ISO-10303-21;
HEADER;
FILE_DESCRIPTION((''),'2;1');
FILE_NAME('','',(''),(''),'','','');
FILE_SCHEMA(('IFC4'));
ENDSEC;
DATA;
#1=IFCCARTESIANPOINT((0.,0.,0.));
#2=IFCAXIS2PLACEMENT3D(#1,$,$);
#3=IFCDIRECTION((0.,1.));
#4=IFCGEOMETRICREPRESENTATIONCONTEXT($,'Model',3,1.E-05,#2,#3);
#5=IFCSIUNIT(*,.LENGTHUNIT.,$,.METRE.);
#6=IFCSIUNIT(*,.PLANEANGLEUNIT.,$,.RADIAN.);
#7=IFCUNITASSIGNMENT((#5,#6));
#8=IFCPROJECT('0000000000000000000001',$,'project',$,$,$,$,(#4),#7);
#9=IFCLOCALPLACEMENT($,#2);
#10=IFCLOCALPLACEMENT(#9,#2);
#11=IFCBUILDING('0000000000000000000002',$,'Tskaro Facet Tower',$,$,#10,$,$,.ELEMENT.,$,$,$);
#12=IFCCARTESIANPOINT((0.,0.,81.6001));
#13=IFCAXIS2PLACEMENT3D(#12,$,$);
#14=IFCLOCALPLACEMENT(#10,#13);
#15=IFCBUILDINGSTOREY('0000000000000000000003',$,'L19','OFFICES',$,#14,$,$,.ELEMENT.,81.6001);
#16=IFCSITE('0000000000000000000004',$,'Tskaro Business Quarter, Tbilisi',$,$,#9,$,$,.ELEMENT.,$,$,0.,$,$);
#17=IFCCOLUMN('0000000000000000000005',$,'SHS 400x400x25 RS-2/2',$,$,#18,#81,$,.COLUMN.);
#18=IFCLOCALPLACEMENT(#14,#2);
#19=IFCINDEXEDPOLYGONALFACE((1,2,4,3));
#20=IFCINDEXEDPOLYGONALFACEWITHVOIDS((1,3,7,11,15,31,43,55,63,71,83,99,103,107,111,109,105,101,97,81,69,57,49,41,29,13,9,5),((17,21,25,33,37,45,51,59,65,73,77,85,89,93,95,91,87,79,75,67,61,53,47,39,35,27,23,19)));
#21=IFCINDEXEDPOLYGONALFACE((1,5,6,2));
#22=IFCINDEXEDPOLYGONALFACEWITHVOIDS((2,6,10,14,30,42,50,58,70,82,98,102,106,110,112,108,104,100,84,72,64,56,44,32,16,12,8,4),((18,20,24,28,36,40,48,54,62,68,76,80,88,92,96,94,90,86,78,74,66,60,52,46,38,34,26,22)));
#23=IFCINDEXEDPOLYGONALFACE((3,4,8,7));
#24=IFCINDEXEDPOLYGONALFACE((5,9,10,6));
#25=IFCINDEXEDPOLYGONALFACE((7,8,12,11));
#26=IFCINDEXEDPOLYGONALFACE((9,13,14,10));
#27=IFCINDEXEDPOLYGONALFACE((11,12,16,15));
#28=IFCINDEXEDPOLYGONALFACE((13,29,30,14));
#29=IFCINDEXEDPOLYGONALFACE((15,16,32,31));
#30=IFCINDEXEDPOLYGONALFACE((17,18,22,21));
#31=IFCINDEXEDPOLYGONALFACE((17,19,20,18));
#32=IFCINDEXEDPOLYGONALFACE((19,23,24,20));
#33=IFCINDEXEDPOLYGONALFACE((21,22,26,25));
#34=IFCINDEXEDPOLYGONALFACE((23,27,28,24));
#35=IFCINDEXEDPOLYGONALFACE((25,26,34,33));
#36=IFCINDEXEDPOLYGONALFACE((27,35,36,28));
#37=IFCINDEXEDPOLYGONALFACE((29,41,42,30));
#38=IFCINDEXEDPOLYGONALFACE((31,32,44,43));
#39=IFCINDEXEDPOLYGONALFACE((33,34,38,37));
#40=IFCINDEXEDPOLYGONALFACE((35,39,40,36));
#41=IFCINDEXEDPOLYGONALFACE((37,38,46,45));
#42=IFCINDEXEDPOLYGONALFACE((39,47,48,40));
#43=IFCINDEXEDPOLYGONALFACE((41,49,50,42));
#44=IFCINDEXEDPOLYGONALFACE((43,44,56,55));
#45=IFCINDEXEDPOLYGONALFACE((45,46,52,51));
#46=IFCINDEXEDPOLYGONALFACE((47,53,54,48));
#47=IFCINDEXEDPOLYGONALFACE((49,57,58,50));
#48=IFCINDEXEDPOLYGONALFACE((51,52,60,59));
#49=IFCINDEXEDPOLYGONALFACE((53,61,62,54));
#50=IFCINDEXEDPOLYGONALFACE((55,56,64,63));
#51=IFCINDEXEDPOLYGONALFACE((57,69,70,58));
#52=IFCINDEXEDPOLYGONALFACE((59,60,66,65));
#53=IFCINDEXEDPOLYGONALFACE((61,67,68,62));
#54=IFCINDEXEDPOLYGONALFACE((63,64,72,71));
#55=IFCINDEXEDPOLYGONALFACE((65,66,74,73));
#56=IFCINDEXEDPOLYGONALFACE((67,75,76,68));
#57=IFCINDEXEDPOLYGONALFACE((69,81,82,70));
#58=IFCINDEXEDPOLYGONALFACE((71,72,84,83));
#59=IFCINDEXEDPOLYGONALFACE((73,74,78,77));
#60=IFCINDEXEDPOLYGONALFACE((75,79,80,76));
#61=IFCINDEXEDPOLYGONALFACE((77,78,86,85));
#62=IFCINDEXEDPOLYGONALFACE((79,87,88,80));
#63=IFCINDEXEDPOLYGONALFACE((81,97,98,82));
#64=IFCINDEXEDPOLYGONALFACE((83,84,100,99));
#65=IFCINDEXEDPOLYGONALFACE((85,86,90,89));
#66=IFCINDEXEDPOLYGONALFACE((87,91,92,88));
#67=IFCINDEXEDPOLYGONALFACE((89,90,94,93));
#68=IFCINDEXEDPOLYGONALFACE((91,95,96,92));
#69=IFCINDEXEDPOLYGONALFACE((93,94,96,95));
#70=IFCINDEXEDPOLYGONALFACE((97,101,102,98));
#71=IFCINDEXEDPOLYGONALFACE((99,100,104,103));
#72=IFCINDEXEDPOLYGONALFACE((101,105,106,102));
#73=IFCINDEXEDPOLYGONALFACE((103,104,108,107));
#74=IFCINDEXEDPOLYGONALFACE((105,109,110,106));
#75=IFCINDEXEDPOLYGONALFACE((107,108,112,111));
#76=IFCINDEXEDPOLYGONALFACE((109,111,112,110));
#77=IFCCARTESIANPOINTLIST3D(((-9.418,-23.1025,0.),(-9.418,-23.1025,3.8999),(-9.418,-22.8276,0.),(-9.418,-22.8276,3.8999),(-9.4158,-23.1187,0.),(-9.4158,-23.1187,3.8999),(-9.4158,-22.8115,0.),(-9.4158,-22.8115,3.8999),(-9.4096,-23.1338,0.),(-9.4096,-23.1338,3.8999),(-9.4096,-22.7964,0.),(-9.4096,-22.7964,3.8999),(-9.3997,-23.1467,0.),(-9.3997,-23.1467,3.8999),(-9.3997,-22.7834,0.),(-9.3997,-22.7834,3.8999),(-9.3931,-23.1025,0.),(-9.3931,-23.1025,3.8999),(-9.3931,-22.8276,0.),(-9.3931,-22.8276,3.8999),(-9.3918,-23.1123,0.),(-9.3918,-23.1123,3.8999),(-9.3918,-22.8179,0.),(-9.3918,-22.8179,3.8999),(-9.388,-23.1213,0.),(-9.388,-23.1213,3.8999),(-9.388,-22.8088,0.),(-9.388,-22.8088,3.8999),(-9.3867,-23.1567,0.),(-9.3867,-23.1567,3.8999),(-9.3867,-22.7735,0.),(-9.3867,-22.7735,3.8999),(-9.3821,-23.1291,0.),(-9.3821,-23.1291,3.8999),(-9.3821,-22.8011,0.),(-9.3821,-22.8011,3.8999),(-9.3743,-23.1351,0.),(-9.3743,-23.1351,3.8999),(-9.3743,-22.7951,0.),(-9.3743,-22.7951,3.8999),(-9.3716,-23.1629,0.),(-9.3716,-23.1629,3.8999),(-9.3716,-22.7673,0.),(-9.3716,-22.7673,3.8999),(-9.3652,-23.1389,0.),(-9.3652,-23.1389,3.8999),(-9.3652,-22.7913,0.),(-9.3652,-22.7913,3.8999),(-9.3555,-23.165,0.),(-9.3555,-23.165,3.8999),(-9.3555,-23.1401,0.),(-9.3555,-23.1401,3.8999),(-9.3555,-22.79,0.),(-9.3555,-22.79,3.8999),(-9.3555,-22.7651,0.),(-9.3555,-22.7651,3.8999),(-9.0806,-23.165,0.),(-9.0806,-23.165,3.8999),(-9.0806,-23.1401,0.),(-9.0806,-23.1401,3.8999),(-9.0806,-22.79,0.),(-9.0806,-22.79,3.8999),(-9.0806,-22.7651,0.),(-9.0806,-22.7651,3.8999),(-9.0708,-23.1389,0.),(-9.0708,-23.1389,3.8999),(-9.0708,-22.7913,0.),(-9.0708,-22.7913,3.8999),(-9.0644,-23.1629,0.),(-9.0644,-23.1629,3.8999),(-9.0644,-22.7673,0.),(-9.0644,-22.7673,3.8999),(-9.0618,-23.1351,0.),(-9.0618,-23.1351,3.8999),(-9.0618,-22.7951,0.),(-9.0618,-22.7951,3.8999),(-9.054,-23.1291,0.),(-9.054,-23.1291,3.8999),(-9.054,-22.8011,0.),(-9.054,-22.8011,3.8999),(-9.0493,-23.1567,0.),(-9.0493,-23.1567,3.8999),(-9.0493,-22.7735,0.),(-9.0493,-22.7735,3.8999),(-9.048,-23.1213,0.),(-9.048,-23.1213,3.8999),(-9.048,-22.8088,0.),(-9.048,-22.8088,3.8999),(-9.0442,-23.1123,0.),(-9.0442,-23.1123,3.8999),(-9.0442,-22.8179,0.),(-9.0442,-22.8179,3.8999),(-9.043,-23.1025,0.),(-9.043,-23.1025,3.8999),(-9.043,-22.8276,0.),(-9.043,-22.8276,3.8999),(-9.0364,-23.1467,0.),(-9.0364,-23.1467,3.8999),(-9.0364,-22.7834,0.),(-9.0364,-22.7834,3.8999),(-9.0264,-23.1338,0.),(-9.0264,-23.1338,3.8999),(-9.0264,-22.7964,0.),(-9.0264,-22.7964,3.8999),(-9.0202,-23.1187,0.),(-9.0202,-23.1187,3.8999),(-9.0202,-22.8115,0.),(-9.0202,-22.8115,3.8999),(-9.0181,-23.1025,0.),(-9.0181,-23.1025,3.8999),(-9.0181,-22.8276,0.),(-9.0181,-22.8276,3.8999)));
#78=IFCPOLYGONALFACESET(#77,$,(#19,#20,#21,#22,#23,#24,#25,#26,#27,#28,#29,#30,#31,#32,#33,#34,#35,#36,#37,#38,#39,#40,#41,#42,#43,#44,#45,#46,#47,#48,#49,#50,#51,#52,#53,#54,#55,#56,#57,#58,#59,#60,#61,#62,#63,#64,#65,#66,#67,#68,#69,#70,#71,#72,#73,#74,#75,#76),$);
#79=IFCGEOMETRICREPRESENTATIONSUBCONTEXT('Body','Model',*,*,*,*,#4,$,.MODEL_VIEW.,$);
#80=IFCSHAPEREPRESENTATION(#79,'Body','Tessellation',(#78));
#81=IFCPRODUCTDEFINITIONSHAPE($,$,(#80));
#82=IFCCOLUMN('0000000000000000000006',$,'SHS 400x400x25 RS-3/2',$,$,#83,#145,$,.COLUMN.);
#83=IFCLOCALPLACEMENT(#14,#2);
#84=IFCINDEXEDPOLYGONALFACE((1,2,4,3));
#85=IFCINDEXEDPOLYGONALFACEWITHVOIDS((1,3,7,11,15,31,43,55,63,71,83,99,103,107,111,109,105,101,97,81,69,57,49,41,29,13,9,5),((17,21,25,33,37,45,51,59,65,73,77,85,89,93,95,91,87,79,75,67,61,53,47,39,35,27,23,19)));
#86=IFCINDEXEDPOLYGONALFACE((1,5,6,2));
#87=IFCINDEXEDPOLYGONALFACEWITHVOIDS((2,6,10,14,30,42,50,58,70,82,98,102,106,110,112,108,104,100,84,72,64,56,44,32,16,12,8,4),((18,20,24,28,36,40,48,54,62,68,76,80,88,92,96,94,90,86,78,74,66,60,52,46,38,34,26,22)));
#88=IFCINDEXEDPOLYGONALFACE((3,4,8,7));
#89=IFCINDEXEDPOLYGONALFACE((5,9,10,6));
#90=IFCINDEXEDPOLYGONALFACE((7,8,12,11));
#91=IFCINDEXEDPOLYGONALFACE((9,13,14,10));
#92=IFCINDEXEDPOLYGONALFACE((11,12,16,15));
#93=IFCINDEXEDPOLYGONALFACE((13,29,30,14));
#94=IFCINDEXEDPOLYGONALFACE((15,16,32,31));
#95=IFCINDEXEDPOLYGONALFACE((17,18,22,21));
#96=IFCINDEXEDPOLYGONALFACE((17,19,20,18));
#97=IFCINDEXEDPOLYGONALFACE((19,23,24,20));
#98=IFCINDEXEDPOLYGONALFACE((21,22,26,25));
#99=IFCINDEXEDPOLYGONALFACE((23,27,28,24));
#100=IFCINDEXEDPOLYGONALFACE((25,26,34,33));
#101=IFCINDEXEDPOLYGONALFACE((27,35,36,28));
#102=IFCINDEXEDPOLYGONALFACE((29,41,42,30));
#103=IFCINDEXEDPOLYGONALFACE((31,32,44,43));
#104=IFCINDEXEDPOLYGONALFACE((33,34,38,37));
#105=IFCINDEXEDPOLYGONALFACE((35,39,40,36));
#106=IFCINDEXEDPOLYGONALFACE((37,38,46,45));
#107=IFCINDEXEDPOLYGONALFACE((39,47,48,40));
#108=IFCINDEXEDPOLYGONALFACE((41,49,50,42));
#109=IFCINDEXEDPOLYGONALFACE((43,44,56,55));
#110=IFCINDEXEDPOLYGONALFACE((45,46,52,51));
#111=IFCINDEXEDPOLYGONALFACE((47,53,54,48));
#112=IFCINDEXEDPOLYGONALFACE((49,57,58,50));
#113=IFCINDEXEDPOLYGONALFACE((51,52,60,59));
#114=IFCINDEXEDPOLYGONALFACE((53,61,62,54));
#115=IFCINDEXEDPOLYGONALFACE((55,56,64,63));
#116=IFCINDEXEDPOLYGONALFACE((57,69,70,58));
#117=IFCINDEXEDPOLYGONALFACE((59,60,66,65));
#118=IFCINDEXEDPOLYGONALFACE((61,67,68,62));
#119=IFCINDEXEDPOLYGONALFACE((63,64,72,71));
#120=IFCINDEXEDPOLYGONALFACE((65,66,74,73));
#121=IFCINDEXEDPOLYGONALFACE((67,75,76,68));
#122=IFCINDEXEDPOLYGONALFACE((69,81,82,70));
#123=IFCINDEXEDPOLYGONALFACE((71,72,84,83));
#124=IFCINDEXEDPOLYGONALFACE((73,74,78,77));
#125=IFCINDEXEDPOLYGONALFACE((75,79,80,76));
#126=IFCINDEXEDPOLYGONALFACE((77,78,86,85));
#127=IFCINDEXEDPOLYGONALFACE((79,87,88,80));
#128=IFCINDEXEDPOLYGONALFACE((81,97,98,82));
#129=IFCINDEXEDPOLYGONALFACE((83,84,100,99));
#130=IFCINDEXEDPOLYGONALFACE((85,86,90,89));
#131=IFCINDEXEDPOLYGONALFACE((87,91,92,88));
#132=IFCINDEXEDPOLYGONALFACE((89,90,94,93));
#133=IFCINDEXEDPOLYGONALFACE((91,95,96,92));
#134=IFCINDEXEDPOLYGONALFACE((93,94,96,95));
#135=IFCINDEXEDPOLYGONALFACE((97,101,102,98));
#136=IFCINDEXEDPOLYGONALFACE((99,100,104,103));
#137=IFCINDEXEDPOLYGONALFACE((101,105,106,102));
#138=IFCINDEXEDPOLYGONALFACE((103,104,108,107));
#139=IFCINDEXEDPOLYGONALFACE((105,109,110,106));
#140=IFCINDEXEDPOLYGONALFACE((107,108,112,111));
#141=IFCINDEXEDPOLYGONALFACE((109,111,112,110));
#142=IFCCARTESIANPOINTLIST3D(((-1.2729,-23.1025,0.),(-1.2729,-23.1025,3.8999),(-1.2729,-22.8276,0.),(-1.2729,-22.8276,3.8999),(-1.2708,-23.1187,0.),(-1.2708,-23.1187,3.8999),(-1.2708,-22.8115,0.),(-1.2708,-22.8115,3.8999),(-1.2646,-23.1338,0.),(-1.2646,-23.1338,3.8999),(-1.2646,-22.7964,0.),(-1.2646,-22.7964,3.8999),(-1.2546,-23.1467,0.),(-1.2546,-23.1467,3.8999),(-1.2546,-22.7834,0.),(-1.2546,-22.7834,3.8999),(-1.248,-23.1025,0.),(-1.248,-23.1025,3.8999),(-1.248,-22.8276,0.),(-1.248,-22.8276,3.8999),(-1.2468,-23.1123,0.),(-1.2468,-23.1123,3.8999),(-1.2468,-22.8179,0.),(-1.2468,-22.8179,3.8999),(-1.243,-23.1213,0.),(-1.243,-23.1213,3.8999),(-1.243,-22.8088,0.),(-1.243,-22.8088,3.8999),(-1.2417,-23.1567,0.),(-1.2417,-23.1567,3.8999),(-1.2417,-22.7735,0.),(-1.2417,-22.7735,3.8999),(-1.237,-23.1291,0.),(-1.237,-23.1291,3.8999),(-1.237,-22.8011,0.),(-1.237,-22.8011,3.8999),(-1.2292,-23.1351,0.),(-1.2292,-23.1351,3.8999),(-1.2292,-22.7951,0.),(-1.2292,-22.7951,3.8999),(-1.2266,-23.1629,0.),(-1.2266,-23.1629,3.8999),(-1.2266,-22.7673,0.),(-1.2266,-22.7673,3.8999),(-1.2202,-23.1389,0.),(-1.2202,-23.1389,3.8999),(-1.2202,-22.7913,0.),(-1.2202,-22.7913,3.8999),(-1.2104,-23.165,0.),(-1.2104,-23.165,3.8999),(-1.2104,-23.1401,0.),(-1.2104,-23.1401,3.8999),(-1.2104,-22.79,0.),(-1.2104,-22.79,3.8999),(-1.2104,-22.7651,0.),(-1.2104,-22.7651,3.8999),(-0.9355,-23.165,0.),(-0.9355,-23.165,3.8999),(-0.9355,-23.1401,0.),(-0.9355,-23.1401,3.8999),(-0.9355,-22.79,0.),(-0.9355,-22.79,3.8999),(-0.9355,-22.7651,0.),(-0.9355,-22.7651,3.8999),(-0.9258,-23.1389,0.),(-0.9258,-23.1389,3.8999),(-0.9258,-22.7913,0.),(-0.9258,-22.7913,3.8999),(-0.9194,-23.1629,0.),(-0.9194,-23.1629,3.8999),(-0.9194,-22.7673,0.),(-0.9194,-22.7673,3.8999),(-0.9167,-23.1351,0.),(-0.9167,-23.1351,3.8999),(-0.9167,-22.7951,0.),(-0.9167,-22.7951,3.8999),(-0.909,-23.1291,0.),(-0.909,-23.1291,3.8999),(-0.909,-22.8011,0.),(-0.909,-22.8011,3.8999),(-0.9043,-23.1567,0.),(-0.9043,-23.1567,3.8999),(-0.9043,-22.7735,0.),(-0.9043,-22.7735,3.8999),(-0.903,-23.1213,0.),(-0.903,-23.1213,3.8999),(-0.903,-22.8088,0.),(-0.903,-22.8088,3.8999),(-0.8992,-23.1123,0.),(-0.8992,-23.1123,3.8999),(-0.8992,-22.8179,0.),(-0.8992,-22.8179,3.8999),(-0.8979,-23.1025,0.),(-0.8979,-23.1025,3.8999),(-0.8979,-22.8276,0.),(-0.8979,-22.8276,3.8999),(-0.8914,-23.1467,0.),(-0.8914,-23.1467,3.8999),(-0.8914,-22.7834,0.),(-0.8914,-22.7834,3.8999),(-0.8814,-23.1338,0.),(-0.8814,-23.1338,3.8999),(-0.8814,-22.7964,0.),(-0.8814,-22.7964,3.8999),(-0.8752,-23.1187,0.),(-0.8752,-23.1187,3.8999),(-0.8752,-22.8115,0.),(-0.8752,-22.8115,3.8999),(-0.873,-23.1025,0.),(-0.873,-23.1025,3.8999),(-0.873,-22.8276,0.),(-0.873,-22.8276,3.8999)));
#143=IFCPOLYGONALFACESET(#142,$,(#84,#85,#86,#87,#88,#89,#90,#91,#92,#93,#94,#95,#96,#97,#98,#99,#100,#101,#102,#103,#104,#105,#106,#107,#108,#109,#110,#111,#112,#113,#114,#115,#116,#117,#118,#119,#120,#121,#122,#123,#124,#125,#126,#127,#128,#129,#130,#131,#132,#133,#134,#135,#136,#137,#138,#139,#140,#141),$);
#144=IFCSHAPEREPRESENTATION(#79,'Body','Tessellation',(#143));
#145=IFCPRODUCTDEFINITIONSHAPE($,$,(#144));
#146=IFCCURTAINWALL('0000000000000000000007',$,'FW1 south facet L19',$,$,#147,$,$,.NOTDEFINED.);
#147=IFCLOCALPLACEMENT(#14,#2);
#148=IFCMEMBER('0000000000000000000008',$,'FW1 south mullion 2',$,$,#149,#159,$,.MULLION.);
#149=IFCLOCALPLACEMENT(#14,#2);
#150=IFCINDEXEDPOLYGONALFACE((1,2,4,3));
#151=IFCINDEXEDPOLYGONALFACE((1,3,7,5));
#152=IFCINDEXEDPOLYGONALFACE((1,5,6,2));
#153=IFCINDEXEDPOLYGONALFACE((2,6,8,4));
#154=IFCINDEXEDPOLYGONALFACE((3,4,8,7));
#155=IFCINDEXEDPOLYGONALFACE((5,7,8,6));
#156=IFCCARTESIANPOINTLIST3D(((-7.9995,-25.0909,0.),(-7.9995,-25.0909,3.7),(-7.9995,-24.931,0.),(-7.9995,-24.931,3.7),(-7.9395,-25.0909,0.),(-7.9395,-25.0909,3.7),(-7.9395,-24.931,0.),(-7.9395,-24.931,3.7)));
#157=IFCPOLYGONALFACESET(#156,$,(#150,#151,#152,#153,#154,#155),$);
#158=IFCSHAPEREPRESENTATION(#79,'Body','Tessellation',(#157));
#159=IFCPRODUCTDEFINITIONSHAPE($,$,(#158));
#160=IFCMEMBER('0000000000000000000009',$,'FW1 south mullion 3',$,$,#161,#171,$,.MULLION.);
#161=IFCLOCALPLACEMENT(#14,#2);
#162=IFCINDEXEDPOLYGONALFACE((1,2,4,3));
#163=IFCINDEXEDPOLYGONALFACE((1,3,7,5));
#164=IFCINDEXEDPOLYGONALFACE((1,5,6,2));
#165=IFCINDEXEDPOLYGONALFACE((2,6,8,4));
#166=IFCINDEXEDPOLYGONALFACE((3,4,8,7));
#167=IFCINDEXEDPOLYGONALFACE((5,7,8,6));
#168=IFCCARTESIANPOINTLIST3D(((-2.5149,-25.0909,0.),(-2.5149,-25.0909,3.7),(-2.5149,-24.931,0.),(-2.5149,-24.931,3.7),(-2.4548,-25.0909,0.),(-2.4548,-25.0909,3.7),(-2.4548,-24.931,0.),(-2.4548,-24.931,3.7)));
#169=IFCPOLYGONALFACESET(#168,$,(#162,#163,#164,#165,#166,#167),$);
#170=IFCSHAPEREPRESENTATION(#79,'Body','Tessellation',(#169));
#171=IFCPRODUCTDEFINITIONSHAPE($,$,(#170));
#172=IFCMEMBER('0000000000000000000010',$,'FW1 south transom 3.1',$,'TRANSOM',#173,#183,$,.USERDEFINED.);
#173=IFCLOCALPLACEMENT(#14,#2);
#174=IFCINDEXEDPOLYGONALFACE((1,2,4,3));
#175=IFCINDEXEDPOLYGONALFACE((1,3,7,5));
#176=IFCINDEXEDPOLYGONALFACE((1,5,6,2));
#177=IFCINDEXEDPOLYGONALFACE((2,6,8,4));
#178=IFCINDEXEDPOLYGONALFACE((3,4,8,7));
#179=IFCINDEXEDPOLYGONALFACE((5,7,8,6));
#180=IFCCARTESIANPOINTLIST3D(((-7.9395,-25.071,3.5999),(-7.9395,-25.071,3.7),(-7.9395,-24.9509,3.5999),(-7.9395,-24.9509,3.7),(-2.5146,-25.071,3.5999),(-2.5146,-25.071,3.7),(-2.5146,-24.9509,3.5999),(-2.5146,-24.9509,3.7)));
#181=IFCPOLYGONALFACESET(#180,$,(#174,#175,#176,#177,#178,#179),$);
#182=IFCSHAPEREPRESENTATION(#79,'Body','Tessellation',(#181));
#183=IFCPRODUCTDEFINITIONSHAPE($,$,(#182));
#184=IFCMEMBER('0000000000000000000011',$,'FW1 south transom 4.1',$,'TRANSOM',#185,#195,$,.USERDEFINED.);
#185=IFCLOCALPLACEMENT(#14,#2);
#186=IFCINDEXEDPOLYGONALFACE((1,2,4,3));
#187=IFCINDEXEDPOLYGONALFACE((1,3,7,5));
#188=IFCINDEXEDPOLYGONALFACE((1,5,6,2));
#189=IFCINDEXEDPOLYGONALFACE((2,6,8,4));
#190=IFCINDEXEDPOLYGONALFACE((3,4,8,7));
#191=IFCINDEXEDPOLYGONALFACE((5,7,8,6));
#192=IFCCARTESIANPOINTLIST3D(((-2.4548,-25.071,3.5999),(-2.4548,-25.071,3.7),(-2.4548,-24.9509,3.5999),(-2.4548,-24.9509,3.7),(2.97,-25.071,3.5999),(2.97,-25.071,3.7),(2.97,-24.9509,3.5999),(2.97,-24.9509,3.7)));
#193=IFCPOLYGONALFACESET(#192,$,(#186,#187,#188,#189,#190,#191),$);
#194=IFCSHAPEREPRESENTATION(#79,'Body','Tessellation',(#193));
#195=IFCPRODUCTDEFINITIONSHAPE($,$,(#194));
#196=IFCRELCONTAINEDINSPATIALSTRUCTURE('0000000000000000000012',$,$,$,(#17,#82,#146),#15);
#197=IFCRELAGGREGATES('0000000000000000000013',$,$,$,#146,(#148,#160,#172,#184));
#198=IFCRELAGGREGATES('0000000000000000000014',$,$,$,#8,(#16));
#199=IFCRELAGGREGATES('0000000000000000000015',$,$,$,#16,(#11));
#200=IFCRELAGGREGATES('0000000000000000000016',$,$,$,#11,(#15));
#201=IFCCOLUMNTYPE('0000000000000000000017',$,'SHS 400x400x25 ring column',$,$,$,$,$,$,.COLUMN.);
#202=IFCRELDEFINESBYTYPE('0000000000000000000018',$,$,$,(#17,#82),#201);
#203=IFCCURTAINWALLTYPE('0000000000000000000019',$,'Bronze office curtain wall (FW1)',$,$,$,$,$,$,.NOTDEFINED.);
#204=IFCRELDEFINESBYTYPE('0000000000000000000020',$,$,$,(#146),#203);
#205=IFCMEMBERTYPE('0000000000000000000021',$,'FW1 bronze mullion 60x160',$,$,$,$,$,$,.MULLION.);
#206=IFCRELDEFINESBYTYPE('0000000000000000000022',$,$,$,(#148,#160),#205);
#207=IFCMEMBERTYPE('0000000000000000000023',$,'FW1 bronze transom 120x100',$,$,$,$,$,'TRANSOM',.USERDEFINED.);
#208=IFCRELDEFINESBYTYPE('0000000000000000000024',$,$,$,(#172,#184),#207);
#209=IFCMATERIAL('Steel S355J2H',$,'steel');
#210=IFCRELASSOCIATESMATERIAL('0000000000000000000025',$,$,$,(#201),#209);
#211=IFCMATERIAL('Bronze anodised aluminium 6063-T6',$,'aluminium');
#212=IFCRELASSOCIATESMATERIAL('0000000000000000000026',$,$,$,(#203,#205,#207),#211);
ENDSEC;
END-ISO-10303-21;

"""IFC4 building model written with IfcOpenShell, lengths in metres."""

from ifc_helpers import new_model, si_unit, direction, frame, origin, origin_2d, place, context, subcontext, project, spatial, rectangle, hollow_rectangle, extrude, material, material_profile, profile_set, type_object, element, aggregate, save


model = new_model("IFC4")

# Units and contexts
model_context = context("Model", 3, precision=1e-05, world=origin(), true_north=direction((0.0, 1.0)))
body_context = subcontext(model_context, "Body", "Model", "MODEL_VIEW")
ifc_project = project(units=[si_unit("LENGTHUNIT", "METRE"), si_unit("PLANEANGLEUNIT", "RADIAN")], contexts=[model_context])

# Site, building, storey
site_placement = place(None, origin())
site = spatial("IfcSite", under=ifc_project, at=site_placement, Name="Tskaro Business Quarter, Tbilisi", CompositionType="ELEMENT", RefElevation=0.0)
building_placement = place(site_placement, origin())
building = spatial("IfcBuilding", under=site, at=building_placement, Name="Tskaro Facet Tower", CompositionType="ELEMENT")
storey_placement = place(building_placement, frame((0.0, 0.0, 81.6001)))
storey = spatial("IfcBuildingStorey", under=building, at=storey_placement, Name="L19", Description="OFFICES", CompositionType="ELEMENT", Elevation=81.6001)

# Columns
ifc_material_1 = material(Name="Steel S355J2H", Category="steel")
ifc_material_profile_1 = material_profile(ifc_material_1, hollow_rectangle(XDim=0.3999, YDim=0.3999, WallThickness=0.0249, InnerFilletRadius=0.0376, OuterFilletRadius=0.0625, at=origin_2d()), Name="SHS 400x400x25")
ifc_profile_set_1 = profile_set([ifc_material_profile_1], Name="Steel S355J2H")
column_type_1 = type_object("IfcColumnType", Name="SHS 400x400x25 ring column", PredefinedType="COLUMN", material=ifc_profile_set_1)
for number, where, z_axis, x_axis, name in (
    (1, (-9.218, -22.9651, 0.0), (0.0, 0.0, 1.0), (1.0, 0.0, 0.0), "SHS 400x400x25 RS-2/2"),
    (2, (-1.073, -22.9651, 0.0), (0.0, 0.0, 1.0), (1.0, 0.0, 0.0), "SHS 400x400x25 RS-3/2"),
):
    element("IfcColumn", number, at=place(storey_placement, frame(where, z_axis=z_axis, x_axis=x_axis)), inside=storey, type_object=column_type_1, Name=name, PredefinedType="COLUMN", context=body_context, shape_type="SweptSolid", body=[
        extrude(hollow_rectangle(XDim=0.3999, YDim=0.3999, WallThickness=0.0249, InnerFilletRadius=0.0376, OuterFilletRadius=0.0625, at=origin_2d()), origin(), (0.0, 0.0, 1.0), 3.8999),
    ])

# Curtain wall, members
ifc_material_2 = material(Name="Bronze anodised aluminium 6063-T6", Category="aluminium")
curtain_wall_type = type_object("IfcCurtainWallType", Name="Bronze office curtain wall (FW1)", PredefinedType="NOTDEFINED", material=ifc_material_2)
curtain_wall_placement = place(storey_placement, origin())
curtain_wall = element("IfcCurtainWall", 3, at=curtain_wall_placement, inside=storey, type_object=curtain_wall_type, Name="FW1 south facet L19", PredefinedType="NOTDEFINED")
ifc_material_profile_2 = material_profile(ifc_material_2, rectangle(XDim=0.0601, YDim=0.1599, at=origin_2d()), Name="Mullion 60x160")
ifc_profile_set_2 = profile_set([ifc_material_profile_2], Name="Bronze anodised aluminium 6063-T6")
member_type_1 = type_object("IfcMemberType", Name="FW1 bronze mullion 60x160", PredefinedType="MULLION", material=ifc_profile_set_2)
member_1_placement = place(storey_placement, frame((-7.9695, -25.011, 0.0), z_axis=(0.0, 0.0, 1.0), x_axis=(1.0, 0.0, 0.0)))
member_1 = element("IfcMember", 4, at=member_1_placement, type_object=member_type_1, Name="FW1 south mullion 2", PredefinedType="MULLION", context=body_context, shape_type="SweptSolid", body=[
    extrude(rectangle(XDim=0.0601, YDim=0.1599, at=origin_2d()), origin(), (0.0, 0.0, 1.0), 3.7),
])
member_2_placement = place(storey_placement, frame((-2.4849, -25.011, 0.0), z_axis=(0.0, 0.0, 1.0), x_axis=(1.0, 0.0, 0.0)))
member_2 = element("IfcMember", 5, at=member_2_placement, type_object=member_type_1, Name="FW1 south mullion 3", PredefinedType="MULLION", context=body_context, shape_type="SweptSolid", body=[
    extrude(rectangle(XDim=0.0601, YDim=0.1599, at=origin_2d()), origin(), (0.0, 0.0, 1.0), 3.7),
])
ifc_material_profile_3 = material_profile(ifc_material_2, rectangle(XDim=0.1201, YDim=0.1001, at=origin_2d()), Name="Transom 120x100")
ifc_profile_set_3 = profile_set([ifc_material_profile_3], Name="Bronze anodised aluminium 6063-T6")
member_type_2 = type_object("IfcMemberType", Name="FW1 bronze transom 120x100", ElementType="TRANSOM", PredefinedType="USERDEFINED", material=ifc_profile_set_3)
member_3_placement = place(storey_placement, frame((-7.9395, -25.011, 3.6499), z_axis=(1.0, 0.0, 0.0), x_axis=(0.0, 1.0, 0.0)))
member_3 = element("IfcMember", 6, at=member_3_placement, type_object=member_type_2, Name="FW1 south transom 3.1", ObjectType="TRANSOM", PredefinedType="USERDEFINED", context=body_context, shape_type="SweptSolid", body=[
    extrude(rectangle(XDim=0.1201, YDim=0.1001, at=origin_2d()), origin(), (0.0, 0.0, 1.0), 5.4248),
])
member_4_placement = place(storey_placement, frame((-2.4548, -25.011, 3.6499), z_axis=(1.0, 0.0, 0.0), x_axis=(0.0, 1.0, 0.0)))
member_4 = element("IfcMember", 7, at=member_4_placement, type_object=member_type_2, Name="FW1 south transom 4.1", ObjectType="TRANSOM", PredefinedType="USERDEFINED", context=body_context, shape_type="SweptSolid", body=[
    extrude(rectangle(XDim=0.1201, YDim=0.1001, at=origin_2d()), origin(), (0.0, 0.0, 1.0), 5.4248),
])

aggregate(curtain_wall, [member_1, member_2, member_3, member_4])

save(model, "model.ifc")
